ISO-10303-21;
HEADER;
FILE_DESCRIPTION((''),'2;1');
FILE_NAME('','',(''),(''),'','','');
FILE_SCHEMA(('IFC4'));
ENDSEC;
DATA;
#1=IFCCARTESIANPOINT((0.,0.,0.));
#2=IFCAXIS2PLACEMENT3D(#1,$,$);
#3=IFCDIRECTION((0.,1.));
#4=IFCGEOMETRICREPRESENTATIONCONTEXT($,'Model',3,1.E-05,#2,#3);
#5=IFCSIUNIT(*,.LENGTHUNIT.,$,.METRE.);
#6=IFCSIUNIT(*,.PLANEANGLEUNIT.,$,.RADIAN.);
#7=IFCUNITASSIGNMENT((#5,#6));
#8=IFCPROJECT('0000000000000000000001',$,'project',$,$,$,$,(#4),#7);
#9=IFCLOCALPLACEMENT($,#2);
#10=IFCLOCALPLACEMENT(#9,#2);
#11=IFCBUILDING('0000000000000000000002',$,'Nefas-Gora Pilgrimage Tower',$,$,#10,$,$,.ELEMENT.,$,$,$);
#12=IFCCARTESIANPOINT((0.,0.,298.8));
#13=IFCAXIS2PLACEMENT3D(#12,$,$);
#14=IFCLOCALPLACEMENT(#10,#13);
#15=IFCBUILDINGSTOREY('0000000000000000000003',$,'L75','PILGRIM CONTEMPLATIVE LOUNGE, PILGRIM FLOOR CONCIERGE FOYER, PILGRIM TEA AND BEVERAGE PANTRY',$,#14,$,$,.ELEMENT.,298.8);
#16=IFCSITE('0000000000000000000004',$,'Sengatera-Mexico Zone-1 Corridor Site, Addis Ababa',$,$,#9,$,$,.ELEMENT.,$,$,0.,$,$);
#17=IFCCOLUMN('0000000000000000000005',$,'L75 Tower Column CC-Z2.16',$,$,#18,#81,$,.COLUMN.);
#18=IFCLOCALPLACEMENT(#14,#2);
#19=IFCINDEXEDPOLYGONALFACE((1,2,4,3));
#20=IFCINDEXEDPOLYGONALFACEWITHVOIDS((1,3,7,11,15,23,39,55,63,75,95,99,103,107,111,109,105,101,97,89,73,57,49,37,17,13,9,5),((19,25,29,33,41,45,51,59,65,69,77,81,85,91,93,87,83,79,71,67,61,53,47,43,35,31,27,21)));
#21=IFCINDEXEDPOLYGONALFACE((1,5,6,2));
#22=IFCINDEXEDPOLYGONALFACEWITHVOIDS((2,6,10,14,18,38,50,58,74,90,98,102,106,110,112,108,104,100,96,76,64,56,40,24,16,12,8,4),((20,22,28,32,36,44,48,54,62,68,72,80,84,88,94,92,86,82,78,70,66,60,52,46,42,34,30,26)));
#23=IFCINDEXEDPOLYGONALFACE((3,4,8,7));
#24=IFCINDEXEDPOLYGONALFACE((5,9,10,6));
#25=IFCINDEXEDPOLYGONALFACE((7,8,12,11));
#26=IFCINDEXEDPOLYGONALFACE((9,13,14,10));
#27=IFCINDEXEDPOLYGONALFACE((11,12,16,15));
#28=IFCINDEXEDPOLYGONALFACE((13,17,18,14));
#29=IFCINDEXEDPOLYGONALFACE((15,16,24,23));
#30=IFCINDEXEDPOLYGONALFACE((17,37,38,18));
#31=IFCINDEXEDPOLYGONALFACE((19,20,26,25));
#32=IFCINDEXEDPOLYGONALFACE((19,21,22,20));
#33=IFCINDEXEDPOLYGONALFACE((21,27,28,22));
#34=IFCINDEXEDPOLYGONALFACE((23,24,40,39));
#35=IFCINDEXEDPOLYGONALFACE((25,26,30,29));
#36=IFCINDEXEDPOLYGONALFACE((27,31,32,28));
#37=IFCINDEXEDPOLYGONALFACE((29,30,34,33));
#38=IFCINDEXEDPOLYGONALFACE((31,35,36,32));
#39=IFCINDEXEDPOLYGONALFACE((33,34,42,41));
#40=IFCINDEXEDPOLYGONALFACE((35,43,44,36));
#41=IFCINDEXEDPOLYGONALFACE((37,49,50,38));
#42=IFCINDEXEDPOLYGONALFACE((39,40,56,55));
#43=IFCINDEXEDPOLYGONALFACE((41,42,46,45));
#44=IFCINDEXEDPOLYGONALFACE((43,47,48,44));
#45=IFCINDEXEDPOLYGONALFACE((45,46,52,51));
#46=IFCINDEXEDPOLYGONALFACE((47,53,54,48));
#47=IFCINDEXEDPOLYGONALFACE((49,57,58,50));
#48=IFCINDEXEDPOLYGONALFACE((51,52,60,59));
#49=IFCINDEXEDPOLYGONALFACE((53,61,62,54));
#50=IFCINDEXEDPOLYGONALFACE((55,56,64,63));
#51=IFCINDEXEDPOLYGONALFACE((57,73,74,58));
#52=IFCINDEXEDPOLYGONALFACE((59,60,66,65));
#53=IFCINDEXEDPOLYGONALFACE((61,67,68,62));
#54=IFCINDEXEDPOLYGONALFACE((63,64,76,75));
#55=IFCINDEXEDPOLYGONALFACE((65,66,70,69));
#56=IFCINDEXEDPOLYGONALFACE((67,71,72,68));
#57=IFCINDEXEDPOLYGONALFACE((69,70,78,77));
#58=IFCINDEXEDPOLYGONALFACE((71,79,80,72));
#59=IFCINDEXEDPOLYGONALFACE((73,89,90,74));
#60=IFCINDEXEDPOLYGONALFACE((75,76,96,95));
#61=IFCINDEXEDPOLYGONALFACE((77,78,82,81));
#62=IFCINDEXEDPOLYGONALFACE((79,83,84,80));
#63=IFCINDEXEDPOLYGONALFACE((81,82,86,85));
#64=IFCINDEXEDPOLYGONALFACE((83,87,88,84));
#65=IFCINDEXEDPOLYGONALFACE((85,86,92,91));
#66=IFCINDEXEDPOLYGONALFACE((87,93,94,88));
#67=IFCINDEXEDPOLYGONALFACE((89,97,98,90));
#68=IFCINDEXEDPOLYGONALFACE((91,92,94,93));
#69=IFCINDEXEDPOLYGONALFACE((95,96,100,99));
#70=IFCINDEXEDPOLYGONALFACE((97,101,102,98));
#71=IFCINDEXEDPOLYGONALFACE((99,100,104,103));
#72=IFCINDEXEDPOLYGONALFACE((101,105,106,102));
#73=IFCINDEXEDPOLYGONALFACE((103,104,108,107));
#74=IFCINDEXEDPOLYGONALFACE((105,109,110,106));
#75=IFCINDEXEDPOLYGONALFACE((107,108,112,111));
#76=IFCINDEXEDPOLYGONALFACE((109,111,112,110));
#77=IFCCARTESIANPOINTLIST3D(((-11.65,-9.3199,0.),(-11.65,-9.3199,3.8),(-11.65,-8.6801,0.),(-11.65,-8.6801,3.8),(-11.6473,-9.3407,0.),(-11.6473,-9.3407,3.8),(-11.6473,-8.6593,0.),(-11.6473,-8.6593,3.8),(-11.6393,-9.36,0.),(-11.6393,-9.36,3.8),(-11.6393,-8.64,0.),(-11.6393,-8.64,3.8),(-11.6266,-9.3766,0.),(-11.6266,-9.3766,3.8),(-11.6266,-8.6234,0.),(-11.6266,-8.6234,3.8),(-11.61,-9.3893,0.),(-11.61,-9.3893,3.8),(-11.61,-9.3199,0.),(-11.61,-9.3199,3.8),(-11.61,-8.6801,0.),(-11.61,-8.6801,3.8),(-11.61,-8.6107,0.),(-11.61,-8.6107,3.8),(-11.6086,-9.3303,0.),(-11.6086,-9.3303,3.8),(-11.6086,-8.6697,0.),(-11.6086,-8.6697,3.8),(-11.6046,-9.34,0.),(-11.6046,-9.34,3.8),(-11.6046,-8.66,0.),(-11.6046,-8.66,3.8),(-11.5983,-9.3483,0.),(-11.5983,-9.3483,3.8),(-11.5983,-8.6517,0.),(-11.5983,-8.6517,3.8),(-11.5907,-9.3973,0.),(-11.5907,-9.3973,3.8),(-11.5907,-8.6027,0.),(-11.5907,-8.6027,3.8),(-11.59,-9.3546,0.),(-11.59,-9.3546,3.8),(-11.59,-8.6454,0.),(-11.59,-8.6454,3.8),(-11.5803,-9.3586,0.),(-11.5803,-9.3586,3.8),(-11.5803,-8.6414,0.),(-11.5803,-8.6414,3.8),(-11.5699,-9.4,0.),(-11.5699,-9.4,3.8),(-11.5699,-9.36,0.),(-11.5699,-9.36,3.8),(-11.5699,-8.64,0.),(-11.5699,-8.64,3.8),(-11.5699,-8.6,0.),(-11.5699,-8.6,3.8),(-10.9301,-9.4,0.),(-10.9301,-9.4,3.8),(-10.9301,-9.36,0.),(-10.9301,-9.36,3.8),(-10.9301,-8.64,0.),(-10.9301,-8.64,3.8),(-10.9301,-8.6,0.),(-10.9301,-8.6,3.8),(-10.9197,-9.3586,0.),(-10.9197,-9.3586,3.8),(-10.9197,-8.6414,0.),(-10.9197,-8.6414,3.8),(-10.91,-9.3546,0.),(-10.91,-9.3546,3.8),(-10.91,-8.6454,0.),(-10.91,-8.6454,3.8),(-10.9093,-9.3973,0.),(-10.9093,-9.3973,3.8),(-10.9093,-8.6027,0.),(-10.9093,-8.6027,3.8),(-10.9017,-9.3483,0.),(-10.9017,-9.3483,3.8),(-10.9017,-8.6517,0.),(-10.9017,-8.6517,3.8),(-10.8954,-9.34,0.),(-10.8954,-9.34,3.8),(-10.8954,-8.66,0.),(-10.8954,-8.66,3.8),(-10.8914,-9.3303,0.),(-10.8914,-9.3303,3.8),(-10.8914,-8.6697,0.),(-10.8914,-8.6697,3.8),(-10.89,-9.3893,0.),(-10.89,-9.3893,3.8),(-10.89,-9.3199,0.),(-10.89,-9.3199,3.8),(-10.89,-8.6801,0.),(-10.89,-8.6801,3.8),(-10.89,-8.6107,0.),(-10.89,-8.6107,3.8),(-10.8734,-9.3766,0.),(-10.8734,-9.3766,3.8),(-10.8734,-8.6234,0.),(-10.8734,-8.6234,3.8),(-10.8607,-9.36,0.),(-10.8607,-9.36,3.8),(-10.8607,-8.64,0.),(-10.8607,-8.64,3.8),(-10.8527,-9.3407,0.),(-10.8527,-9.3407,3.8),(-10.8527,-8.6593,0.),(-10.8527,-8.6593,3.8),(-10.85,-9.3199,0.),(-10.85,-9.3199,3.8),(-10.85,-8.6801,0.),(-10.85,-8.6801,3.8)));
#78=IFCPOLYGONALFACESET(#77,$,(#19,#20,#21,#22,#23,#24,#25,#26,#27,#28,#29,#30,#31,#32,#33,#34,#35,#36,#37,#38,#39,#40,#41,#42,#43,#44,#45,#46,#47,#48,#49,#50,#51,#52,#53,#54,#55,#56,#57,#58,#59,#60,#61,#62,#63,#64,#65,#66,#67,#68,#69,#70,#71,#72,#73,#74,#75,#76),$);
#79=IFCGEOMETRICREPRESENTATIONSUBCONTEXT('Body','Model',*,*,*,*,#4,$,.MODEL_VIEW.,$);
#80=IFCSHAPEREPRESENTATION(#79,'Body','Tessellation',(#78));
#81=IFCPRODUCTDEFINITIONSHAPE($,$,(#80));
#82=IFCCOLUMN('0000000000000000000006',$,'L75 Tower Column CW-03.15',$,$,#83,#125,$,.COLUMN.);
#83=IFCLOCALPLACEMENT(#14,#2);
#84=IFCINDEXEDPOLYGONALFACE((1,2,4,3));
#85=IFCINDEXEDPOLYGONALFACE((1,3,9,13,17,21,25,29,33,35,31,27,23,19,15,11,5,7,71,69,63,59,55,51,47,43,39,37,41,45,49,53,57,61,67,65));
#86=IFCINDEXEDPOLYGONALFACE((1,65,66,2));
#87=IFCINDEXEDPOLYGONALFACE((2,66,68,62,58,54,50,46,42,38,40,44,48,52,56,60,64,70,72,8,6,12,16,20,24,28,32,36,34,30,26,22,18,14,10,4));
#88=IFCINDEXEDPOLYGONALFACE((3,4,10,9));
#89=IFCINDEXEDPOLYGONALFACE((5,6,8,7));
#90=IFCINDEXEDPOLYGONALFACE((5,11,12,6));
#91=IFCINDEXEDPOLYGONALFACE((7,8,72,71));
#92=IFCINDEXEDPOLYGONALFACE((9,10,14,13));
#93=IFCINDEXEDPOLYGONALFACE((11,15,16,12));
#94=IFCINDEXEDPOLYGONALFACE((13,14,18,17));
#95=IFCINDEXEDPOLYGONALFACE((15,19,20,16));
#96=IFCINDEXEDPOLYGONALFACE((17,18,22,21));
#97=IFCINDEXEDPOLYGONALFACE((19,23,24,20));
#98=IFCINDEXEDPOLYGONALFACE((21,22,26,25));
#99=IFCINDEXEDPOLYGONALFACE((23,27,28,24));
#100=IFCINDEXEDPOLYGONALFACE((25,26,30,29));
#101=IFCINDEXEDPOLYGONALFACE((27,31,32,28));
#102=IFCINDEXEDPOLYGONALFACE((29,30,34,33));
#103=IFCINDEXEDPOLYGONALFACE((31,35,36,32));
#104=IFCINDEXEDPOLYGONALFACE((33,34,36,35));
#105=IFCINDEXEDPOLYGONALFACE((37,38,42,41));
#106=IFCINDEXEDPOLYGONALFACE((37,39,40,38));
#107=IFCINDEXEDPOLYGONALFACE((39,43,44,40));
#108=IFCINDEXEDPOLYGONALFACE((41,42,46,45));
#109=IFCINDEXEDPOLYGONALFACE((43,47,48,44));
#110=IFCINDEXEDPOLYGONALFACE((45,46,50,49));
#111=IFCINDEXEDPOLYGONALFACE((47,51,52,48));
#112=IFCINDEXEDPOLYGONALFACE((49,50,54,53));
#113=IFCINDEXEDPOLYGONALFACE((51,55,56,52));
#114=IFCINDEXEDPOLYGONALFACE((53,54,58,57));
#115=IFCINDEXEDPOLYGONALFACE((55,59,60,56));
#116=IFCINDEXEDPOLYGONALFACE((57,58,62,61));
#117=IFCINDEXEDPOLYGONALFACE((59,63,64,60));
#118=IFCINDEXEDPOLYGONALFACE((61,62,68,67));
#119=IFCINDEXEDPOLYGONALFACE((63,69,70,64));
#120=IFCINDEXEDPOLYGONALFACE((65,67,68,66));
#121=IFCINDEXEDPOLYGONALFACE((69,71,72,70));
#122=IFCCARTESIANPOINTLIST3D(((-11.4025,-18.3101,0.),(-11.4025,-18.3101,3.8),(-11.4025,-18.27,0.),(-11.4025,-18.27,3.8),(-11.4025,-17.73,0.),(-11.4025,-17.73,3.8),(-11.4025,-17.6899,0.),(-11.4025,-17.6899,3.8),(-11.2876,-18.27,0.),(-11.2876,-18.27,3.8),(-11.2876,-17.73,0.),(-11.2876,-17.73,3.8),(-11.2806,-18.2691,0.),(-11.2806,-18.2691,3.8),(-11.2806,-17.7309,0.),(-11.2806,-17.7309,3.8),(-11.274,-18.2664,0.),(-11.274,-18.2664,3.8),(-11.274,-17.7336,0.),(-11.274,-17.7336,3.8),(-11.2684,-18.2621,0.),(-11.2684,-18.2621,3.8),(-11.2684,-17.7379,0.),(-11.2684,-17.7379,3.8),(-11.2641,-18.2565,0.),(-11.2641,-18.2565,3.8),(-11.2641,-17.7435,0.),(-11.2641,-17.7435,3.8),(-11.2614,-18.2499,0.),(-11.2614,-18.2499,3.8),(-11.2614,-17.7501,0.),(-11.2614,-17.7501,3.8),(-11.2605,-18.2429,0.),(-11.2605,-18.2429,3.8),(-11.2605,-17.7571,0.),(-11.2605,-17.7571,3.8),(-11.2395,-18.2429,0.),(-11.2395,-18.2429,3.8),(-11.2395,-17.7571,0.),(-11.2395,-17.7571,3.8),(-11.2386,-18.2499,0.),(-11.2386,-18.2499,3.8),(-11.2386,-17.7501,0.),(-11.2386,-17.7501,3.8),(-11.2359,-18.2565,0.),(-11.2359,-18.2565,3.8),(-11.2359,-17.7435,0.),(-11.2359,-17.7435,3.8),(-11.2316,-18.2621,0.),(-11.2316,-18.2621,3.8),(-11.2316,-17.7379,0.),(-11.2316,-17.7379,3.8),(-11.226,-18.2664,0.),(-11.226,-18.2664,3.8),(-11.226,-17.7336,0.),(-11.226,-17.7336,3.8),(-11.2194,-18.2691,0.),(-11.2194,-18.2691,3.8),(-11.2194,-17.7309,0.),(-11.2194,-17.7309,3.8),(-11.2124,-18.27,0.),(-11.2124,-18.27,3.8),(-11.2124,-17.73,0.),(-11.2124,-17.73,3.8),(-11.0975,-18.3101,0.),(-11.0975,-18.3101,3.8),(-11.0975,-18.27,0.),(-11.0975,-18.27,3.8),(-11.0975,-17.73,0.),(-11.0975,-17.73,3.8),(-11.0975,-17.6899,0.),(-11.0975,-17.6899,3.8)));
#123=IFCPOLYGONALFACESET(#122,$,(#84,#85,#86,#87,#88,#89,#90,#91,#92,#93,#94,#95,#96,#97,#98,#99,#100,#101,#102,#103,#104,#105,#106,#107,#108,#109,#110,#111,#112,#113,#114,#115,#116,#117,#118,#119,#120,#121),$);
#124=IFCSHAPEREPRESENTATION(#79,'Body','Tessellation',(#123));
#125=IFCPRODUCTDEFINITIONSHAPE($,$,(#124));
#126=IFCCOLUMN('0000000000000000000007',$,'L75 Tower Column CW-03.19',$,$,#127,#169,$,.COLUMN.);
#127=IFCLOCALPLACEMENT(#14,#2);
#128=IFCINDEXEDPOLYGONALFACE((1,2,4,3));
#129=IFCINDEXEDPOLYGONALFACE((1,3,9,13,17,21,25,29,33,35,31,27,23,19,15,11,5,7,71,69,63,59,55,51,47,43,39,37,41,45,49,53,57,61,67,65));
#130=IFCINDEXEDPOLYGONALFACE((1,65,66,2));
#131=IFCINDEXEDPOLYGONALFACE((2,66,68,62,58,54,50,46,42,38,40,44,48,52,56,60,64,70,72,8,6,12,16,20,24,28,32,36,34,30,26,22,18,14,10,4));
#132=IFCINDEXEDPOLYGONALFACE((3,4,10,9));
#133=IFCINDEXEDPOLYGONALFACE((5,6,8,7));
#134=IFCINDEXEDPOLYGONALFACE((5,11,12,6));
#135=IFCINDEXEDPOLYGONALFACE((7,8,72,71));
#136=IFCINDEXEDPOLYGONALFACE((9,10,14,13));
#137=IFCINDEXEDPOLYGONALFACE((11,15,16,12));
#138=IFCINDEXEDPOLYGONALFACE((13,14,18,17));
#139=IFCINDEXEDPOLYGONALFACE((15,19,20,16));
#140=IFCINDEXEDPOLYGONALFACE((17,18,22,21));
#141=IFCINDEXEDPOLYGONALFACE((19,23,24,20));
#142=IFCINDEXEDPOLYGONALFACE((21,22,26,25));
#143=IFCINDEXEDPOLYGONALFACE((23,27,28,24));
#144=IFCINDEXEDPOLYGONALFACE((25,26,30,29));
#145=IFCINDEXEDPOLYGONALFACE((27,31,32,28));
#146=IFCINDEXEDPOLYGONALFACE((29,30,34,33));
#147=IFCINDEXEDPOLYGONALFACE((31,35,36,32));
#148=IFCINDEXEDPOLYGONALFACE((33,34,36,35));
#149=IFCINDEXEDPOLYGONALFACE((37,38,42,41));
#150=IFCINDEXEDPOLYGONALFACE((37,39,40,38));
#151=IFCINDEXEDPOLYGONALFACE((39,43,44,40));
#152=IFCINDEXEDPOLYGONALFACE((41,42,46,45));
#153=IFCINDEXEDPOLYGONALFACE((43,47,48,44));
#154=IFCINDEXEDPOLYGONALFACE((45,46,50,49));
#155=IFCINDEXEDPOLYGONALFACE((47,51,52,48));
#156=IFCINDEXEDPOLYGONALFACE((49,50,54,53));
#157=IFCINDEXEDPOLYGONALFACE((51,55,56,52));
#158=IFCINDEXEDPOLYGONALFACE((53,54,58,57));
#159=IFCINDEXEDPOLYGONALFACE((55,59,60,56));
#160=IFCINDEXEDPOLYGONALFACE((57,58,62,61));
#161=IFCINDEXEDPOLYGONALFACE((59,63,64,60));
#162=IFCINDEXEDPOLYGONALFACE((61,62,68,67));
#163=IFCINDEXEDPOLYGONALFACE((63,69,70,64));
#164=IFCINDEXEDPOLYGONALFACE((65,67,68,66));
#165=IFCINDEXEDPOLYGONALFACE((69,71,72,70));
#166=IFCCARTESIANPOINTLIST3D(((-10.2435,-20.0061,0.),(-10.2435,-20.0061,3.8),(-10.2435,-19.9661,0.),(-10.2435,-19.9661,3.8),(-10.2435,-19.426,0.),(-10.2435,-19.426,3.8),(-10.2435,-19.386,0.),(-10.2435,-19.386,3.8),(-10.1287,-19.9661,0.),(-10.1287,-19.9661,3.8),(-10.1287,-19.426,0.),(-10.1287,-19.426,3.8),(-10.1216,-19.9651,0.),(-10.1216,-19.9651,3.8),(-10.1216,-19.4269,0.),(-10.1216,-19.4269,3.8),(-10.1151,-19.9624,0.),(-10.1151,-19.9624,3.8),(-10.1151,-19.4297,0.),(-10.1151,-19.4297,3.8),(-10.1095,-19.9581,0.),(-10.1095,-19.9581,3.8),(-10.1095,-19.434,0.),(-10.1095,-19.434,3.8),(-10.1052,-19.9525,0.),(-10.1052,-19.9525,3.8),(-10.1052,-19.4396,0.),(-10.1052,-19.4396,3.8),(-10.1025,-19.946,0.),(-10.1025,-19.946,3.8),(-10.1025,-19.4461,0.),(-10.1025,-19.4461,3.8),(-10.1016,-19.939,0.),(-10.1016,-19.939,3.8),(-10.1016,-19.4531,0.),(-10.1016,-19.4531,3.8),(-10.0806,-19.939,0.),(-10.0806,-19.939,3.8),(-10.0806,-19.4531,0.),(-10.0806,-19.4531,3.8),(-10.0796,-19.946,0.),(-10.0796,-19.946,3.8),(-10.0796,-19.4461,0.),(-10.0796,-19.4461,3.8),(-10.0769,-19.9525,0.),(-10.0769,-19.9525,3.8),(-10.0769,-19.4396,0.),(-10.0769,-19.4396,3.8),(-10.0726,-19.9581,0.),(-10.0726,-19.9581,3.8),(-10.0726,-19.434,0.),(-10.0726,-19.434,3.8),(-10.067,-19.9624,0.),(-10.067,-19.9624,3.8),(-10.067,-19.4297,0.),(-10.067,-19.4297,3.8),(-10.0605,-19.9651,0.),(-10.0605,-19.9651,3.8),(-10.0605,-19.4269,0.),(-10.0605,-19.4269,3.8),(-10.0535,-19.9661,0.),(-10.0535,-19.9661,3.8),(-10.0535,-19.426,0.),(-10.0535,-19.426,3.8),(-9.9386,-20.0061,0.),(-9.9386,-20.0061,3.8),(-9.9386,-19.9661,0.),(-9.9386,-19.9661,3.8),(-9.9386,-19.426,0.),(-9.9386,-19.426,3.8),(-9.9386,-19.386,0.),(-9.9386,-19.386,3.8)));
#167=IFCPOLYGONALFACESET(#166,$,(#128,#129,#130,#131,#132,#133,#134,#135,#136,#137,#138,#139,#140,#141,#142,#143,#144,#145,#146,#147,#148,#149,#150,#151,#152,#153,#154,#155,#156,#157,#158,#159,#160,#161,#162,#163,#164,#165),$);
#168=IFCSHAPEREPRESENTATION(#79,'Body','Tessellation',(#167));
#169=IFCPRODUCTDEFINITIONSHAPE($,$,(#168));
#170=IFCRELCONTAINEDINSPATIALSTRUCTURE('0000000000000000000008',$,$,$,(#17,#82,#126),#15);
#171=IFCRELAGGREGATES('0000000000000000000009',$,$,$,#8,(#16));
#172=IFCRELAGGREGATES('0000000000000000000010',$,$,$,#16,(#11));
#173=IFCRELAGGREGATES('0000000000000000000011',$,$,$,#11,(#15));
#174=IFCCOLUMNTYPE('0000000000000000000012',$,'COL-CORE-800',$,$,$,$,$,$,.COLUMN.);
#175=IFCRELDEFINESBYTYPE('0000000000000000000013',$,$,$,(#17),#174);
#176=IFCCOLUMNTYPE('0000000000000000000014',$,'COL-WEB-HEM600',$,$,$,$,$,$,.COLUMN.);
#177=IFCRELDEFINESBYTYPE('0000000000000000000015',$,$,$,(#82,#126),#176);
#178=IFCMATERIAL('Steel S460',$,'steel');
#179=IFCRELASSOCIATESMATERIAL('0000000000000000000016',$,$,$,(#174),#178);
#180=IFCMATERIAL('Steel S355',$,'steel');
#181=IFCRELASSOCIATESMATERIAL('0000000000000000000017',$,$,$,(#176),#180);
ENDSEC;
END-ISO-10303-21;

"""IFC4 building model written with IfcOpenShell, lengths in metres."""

from ifc_helpers import new_model, si_unit, direction, frame, origin, origin_2d, place, context, subcontext, project, spatial, hollow_rectangle, i_section, extrude, source, transform, mapped, material, material_profile, profile_set, type_object, element, save


model = new_model("IFC4")

# Units and contexts
model_context = context("Model", 3, precision=1e-05, world=origin(), true_north=direction((0.0, 1.0)))
body_context = subcontext(model_context, "Body", "Model", "MODEL_VIEW")
ifc_project = project(units=[si_unit("LENGTHUNIT", "METRE"), si_unit("PLANEANGLEUNIT", "RADIAN")], contexts=[model_context])

# Site, building, storey
site_placement = place(None, origin())
site = spatial("IfcSite", under=ifc_project, at=site_placement, Name="Sengatera-Mexico Zone-1 Corridor Site, Addis Ababa", CompositionType="ELEMENT", RefElevation=0.0)
building_placement = place(site_placement, origin())
building = spatial("IfcBuilding", under=site, at=building_placement, Name="Nefas-Gora Pilgrimage Tower", CompositionType="ELEMENT")
storey_placement = place(building_placement, frame((0.0, 0.0, 298.8)))
storey = spatial("IfcBuildingStorey", under=building, at=storey_placement, Name="L75", Description="PILGRIM CONTEMPLATIVE LOUNGE, PILGRIM FLOOR CONCIERGE FOYER, PILGRIM TEA AND BEVERAGE PANTRY", CompositionType="ELEMENT", Elevation=298.8)

# Columns
ifc_material_1 = material(Name="Steel S460", Category="steel")
ifc_material_profile_1 = material_profile(ifc_material_1, hollow_rectangle(XDim=0.8, YDim=0.8, WallThickness=0.04, InnerFilletRadius=0.04, OuterFilletRadius=0.0801, at=origin_2d()), Name="BOX 800x800x40")
ifc_profile_set_1 = profile_set([ifc_material_profile_1], Name="Steel S460")
column_type_1 = type_object("IfcColumnType", Name="COL-CORE-800", PredefinedType="COLUMN", material=ifc_profile_set_1)
shared_shape_1 = source(origin(), body_context, "Body", "SweptSolid", [
    extrude(hollow_rectangle(XDim=0.8, YDim=0.8, WallThickness=0.04, InnerFilletRadius=0.04, OuterFilletRadius=0.0801, at=origin_2d()), origin(), (0.0, 0.0, 1.0), 3.8),
])
column_placement = place(storey_placement, frame((-11.25, -9.0, 0.0), z_axis=(0.0, 0.0, 1.0), x_axis=(1.0, 0.0, 0.0)))
element("IfcColumn", 1, at=column_placement, inside=storey, type_object=column_type_1, Name="L75 Tower Column CC-Z2.16", PredefinedType="COLUMN", context=body_context, shape_type="MappedRepresentation", body=[
    mapped(shared_shape_1, transform((0.0, 0.0, 0.0), x_axis=(1.0, 0.0, 0.0), y_axis=(0.0, 1.0, 0.0), z_axis=(0.0, 0.0, 1.0), scale=1.0)),
])
ifc_material_2 = material(Name="Steel S355", Category="steel")
ifc_material_profile_2 = material_profile(ifc_material_2, i_section(OverallWidth=0.3049, OverallDepth=0.6201, WebThickness=0.021, FlangeThickness=0.04, FilletRadius=0.0271, at=origin_2d()), Name="HEM 600")
ifc_profile_set_2 = profile_set([ifc_material_profile_2], Name="Steel S355")
column_type_2 = type_object("IfcColumnType", Name="COL-WEB-HEM600", PredefinedType="COLUMN", material=ifc_profile_set_2)
shared_shape_2 = source(origin(), body_context, "Body", "SweptSolid", [
    extrude(i_section(OverallWidth=0.3049, OverallDepth=0.6201, WebThickness=0.021, FlangeThickness=0.04, FilletRadius=0.0271, at=origin_2d()), origin(), (0.0, 0.0, 1.0), 3.8),
])
for number, where, z_axis, x_axis, name in (
    (2, (-11.25, -18.0, 0.0), (0.0, 0.0, 1.0), (1.0, 0.0, 0.0), "L75 Tower Column CW-03.15"),
    (3, (-10.0911, -19.696, 0.0), (0.0, 0.0, 1.0), (1.0, 0.0, 0.0), "L75 Tower Column CW-03.19"),
):
    element("IfcColumn", number, at=place(storey_placement, frame(where, z_axis=z_axis, x_axis=x_axis)), inside=storey, type_object=column_type_2, Name=name, PredefinedType="COLUMN", context=body_context, shape_type="MappedRepresentation", body=[
        mapped(shared_shape_2, transform((0.0, 0.0, 0.0), x_axis=(1.0, 0.0, 0.0), y_axis=(0.0, 1.0, 0.0), z_axis=(0.0, 0.0, 1.0), scale=1.0)),
    ])

save(model, "model.ifc")
